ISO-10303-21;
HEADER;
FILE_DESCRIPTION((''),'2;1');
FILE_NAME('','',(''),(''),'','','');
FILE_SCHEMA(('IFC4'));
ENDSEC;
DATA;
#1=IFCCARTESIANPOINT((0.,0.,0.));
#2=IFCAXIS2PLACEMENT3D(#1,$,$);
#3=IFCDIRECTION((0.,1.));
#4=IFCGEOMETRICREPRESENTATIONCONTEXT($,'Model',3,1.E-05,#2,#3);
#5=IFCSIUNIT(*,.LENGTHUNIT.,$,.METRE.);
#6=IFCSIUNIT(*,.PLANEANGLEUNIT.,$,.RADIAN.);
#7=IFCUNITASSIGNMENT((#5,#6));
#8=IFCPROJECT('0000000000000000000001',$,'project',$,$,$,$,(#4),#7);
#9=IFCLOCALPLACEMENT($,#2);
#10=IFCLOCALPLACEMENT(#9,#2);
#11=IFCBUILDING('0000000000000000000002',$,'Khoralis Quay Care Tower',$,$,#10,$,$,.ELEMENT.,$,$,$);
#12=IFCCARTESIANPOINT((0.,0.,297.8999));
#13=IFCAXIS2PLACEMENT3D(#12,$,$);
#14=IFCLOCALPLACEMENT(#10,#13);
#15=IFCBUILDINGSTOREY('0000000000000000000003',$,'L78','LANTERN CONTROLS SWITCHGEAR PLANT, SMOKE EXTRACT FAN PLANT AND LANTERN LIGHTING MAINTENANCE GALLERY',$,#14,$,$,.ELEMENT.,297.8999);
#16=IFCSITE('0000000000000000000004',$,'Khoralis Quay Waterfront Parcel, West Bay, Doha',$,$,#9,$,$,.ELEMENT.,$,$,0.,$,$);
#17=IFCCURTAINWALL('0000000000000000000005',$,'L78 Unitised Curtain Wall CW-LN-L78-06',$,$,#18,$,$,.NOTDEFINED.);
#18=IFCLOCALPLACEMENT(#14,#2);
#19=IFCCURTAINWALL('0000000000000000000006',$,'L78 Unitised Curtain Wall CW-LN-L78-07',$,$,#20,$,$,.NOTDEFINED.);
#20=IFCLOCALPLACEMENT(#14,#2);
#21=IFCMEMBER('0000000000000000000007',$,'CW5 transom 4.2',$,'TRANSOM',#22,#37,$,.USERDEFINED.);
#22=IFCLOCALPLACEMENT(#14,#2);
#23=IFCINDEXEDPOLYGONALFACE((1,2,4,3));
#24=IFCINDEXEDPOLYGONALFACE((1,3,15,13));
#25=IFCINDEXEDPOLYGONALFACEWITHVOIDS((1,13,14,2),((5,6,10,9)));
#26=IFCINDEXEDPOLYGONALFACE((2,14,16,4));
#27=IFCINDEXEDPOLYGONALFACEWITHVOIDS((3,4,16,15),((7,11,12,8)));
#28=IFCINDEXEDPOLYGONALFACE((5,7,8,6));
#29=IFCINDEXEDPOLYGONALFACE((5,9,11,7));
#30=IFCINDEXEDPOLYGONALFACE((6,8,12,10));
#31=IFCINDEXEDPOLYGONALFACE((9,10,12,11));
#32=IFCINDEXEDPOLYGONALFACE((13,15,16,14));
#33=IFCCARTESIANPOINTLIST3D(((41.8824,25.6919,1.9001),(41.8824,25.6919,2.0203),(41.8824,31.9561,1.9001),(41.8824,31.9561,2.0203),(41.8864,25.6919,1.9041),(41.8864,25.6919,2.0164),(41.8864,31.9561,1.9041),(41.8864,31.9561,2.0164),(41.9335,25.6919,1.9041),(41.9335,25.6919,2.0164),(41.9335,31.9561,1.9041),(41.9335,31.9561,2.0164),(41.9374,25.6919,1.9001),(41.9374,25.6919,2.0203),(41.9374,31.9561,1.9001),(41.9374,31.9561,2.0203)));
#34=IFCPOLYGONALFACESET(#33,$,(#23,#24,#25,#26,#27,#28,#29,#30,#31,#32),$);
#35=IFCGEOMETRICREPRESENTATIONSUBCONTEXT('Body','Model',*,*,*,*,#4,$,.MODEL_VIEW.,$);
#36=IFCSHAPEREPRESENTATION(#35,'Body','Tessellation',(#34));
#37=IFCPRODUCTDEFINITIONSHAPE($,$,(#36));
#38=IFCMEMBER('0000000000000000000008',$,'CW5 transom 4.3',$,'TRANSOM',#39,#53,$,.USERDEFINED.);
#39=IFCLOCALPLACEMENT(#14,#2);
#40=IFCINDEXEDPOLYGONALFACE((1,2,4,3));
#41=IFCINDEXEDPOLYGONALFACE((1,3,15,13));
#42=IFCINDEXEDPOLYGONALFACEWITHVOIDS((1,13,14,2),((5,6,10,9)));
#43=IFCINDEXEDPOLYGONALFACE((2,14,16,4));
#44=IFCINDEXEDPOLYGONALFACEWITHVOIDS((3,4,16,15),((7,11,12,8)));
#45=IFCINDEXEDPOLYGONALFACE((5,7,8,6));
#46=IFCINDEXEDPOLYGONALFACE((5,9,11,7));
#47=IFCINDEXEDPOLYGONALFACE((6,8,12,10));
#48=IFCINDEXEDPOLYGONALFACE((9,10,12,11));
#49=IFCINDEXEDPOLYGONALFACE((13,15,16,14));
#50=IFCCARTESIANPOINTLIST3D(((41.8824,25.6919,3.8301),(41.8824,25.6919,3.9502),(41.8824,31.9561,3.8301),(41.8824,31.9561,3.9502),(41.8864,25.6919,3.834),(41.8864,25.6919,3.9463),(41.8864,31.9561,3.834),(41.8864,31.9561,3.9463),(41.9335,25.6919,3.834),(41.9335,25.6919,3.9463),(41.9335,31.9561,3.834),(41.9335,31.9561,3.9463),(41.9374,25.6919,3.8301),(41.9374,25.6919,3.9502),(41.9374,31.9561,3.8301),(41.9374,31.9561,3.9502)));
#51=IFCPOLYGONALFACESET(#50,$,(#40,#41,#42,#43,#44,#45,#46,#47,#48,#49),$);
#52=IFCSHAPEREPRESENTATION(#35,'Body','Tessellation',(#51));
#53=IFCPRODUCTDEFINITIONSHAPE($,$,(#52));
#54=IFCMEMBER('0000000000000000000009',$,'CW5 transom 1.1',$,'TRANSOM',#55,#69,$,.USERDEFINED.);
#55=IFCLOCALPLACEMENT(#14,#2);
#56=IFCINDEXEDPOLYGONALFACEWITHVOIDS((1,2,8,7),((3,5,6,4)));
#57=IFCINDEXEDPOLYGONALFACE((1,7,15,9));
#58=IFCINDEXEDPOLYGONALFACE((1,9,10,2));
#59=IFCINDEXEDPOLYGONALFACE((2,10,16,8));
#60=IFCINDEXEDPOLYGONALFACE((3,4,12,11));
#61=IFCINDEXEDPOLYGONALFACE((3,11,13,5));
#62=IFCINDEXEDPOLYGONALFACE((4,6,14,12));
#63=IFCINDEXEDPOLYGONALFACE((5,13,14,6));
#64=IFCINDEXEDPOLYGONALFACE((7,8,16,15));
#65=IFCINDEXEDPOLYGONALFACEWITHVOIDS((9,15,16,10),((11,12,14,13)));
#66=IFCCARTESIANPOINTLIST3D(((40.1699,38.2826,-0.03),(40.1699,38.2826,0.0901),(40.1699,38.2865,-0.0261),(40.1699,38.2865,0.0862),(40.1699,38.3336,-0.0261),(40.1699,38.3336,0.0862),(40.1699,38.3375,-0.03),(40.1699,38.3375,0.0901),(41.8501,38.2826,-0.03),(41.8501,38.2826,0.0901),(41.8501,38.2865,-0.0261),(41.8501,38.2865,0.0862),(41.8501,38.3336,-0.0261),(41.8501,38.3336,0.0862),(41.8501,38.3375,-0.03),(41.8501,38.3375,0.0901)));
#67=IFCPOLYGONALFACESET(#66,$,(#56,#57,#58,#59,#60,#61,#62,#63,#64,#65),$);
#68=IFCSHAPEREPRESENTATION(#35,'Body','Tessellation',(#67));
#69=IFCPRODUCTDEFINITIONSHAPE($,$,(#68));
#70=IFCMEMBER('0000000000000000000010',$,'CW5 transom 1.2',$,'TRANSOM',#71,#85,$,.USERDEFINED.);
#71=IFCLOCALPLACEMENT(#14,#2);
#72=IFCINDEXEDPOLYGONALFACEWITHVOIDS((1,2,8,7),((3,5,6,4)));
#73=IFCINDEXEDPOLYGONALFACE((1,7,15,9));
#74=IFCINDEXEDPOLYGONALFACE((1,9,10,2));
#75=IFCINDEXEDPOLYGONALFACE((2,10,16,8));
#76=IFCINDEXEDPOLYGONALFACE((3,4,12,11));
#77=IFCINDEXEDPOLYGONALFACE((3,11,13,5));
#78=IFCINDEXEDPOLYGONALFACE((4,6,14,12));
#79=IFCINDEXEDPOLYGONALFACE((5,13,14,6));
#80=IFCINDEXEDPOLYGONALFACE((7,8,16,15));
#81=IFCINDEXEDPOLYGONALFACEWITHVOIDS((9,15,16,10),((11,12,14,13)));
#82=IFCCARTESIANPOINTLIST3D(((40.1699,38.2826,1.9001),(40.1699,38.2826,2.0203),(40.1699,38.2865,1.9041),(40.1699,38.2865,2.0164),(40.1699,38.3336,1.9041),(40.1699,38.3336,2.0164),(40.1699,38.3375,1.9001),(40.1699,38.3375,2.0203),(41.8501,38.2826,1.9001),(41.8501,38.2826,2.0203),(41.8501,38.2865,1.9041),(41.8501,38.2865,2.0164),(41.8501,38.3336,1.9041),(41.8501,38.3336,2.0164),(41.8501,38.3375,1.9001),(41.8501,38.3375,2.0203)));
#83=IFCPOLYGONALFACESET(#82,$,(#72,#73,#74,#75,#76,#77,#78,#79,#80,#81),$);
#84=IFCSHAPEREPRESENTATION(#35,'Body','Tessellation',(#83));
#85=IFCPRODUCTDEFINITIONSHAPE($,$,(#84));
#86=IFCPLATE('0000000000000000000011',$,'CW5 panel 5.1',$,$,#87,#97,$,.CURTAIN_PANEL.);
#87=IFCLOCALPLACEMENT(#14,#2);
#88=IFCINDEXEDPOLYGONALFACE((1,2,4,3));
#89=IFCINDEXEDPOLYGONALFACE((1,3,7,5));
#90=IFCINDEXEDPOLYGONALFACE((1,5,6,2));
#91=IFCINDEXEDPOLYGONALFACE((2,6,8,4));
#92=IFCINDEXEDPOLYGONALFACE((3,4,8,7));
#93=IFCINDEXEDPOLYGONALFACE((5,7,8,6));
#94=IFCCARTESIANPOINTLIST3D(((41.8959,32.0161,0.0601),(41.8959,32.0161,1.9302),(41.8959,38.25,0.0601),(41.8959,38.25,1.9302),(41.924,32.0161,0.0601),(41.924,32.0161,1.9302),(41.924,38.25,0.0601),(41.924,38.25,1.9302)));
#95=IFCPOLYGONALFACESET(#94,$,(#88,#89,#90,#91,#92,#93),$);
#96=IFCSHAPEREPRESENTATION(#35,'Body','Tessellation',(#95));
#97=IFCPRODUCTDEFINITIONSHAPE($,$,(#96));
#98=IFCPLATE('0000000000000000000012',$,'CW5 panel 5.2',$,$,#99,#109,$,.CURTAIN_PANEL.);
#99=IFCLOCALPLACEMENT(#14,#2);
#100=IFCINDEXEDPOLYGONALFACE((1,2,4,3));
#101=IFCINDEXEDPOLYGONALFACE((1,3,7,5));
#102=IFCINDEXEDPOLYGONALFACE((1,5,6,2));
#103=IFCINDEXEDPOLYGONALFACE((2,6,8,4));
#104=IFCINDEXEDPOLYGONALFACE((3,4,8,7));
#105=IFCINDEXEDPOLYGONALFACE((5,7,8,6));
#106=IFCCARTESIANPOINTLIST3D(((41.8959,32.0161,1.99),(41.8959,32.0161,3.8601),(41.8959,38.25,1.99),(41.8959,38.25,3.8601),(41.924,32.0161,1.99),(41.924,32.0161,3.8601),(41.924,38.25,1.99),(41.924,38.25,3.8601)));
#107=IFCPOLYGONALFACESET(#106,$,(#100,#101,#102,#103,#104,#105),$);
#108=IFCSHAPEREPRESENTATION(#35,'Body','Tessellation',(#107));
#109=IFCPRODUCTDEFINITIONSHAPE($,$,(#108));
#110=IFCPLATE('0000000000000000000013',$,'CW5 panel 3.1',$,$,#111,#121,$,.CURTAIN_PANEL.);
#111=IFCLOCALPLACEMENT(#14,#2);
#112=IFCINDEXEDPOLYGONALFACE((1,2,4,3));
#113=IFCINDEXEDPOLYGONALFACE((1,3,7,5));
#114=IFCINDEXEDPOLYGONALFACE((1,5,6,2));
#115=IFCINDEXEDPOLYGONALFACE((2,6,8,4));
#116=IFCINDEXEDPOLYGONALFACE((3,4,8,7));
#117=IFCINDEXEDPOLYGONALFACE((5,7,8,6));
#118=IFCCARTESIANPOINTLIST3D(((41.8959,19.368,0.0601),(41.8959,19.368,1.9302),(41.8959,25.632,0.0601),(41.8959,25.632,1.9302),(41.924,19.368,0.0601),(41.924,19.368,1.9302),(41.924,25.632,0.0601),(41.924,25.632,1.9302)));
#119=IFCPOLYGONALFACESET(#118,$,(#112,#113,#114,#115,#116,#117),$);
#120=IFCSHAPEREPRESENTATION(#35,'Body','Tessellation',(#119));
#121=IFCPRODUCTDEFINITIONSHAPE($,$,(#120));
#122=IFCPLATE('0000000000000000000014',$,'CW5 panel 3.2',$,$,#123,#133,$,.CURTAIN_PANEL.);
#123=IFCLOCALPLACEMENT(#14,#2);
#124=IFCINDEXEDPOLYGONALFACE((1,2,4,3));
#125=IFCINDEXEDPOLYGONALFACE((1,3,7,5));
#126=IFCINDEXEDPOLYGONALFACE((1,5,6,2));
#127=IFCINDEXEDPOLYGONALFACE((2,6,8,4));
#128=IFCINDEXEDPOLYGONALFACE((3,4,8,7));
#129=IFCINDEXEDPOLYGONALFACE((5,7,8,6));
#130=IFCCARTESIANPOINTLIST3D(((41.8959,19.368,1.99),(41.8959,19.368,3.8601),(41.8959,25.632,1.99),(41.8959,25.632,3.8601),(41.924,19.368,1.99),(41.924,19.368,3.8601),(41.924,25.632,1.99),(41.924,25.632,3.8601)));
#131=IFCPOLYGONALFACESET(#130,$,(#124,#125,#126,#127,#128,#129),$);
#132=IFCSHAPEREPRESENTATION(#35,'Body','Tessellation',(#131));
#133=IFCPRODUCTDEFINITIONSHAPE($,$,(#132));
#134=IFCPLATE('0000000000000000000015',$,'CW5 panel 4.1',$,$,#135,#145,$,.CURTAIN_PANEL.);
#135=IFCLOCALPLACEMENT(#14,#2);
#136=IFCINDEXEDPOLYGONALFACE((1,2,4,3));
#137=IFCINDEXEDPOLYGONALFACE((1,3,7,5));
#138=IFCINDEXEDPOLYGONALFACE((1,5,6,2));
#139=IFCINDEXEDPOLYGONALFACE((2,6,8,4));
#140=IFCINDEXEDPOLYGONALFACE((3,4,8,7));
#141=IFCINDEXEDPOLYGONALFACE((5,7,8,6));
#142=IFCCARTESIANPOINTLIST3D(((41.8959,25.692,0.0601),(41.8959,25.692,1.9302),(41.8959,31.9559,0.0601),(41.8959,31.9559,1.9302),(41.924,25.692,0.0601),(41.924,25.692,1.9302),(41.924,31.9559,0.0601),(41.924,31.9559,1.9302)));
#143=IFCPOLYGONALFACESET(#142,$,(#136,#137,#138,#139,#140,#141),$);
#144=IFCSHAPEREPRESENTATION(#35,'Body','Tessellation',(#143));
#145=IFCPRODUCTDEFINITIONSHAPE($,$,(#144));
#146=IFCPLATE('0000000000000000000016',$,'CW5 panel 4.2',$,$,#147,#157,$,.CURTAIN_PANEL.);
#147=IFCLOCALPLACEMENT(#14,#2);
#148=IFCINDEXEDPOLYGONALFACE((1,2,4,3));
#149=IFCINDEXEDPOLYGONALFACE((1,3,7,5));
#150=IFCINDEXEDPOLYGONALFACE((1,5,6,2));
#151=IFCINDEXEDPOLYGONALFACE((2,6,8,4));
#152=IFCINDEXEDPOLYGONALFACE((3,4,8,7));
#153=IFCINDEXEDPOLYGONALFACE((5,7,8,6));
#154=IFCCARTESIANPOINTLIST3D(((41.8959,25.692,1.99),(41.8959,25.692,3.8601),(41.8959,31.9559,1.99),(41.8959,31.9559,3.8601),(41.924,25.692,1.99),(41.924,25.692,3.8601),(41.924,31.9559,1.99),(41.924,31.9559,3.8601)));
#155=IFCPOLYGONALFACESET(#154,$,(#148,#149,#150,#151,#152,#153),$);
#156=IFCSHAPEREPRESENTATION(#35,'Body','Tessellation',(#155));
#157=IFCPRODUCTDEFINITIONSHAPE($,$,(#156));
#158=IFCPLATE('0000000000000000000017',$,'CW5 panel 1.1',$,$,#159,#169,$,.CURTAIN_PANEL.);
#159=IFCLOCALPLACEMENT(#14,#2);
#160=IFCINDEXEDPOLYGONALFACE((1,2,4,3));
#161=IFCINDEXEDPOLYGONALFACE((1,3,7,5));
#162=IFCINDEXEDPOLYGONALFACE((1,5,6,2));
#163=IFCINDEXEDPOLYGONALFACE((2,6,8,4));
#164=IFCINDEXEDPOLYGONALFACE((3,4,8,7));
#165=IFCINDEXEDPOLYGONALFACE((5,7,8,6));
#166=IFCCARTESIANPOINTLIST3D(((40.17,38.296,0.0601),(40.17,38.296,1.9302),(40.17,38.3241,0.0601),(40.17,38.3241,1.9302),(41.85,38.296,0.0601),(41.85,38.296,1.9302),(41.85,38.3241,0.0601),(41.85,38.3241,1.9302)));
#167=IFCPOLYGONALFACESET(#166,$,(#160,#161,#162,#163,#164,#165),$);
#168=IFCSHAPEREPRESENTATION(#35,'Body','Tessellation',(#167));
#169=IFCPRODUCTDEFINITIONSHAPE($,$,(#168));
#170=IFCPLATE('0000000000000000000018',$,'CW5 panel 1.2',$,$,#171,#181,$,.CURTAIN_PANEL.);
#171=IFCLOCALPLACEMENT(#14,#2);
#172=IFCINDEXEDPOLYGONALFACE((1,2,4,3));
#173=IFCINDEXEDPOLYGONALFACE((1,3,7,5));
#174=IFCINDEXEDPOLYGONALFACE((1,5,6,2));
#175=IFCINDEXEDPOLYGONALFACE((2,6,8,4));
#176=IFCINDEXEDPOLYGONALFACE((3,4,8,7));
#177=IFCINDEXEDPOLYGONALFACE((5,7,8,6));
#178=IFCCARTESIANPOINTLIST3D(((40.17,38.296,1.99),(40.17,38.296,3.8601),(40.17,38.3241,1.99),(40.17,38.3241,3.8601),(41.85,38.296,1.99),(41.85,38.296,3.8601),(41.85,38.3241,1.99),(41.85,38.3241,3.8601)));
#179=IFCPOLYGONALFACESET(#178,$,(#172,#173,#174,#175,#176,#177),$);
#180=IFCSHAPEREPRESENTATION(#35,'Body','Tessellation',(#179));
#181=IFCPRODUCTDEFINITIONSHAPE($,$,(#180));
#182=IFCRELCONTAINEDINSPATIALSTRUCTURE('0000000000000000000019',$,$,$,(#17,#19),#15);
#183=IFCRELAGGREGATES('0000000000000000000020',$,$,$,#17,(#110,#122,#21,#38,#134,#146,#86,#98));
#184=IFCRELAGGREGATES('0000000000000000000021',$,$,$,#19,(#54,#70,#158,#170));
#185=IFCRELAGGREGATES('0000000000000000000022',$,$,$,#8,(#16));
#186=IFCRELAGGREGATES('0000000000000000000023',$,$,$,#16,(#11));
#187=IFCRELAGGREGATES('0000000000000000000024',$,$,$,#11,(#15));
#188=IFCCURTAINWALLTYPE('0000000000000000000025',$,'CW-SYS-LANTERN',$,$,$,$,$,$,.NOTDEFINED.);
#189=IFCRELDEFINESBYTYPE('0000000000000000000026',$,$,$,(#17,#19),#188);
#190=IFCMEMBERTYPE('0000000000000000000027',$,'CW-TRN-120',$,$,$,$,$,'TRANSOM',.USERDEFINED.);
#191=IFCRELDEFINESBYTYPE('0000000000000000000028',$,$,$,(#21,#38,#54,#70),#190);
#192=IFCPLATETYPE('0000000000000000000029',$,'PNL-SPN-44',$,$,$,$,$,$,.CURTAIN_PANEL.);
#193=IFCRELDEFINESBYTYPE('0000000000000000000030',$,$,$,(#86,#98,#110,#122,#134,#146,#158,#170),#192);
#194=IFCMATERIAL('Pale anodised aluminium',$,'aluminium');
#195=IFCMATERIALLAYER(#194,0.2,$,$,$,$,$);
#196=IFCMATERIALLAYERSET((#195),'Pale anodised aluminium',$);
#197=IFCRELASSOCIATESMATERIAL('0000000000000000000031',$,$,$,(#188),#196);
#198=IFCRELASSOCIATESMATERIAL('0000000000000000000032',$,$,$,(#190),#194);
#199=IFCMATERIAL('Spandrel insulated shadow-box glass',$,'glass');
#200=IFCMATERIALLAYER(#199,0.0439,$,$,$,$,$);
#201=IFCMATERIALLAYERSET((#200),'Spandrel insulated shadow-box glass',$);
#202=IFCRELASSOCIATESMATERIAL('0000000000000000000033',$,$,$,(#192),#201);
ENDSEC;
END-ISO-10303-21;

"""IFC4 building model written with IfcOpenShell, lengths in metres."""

from ifc_helpers import new_model, si_unit, direction, frame, origin, origin_2d, place, context, subcontext, project, spatial, rectangle, hollow_rectangle, extrude, source, transform, mapped, material, layer, layer_set, material_profile, profile_set, type_object, element, aggregate, save


model = new_model("IFC4")

# Units and contexts
model_context = context("Model", 3, precision=1e-05, world=origin(), true_north=direction((0.0, 1.0)))
body_context = subcontext(model_context, "Body", "Model", "MODEL_VIEW")
ifc_project = project(units=[si_unit("LENGTHUNIT", "METRE"), si_unit("PLANEANGLEUNIT", "RADIAN")], contexts=[model_context])

# Site, building, storey
site_placement = place(None, origin())
site = spatial("IfcSite", under=ifc_project, at=site_placement, Name="Khoralis Quay Waterfront Parcel, West Bay, Doha", CompositionType="ELEMENT", RefElevation=0.0)
building_placement = place(site_placement, origin())
building = spatial("IfcBuilding", under=site, at=building_placement, Name="Khoralis Quay Care Tower", CompositionType="ELEMENT")
storey_placement = place(building_placement, frame((0.0, 0.0, 297.8999)))
storey = spatial("IfcBuildingStorey", under=building, at=storey_placement, Name="L78", Description="LANTERN CONTROLS SWITCHGEAR PLANT, SMOKE EXTRACT FAN PLANT AND LANTERN LIGHTING MAINTENANCE GALLERY", CompositionType="ELEMENT", Elevation=297.8999)

# Curtain wall
ifc_material_1 = material(Name="Pale anodised aluminium", Category="aluminium")
ifc_layer_1 = layer(ifc_material_1, 0.2)
ifc_layer_set_1 = layer_set([ifc_layer_1], Name="Pale anodised aluminium")
curtain_wall_type = type_object("IfcCurtainWallType", Name="CW-SYS-LANTERN", PredefinedType="NOTDEFINED", material=ifc_layer_set_1)
curtain_wall_1_placement = place(storey_placement, origin())
curtain_wall_1 = element("IfcCurtainWall", 1, at=curtain_wall_1_placement, inside=storey, type_object=curtain_wall_type, Name="L78 Unitised Curtain Wall CW-LN-L78-06", PredefinedType="NOTDEFINED")

# Curtain wall
curtain_wall_2_placement = place(storey_placement, origin())
curtain_wall_2 = element("IfcCurtainWall", 2, at=curtain_wall_2_placement, inside=storey, type_object=curtain_wall_type, Name="L78 Unitised Curtain Wall CW-LN-L78-07", PredefinedType="NOTDEFINED")

# Members
ifc_material_profile_1 = material_profile(ifc_material_1, hollow_rectangle(XDim=0.0549, YDim=0.1201, WallThickness=0.0039, at=origin_2d()), Name="Pale anodised aluminium")
ifc_profile_set_1 = profile_set([ifc_material_profile_1], Name="Pale anodised aluminium")
member_type_1 = type_object("IfcMemberType", Name="CW-TRN-120", ElementType="TRANSOM", PredefinedType="USERDEFINED", material=ifc_profile_set_1)
shared_shape_1 = source(origin(), body_context, "Body", "SweptSolid", [
    extrude(hollow_rectangle(XDim=0.0549, YDim=0.1201, WallThickness=0.0039, at=origin_2d()), origin(), (0.0, 0.0, 1.0), 6.2642),
])
member_1_placement = place(storey_placement, frame((41.9099, 25.6919, 1.9602), z_axis=(0.0, 1.0, 0.0), x_axis=(-1.0, 0.0, 0.0)))
member_1 = element("IfcMember", 3, at=member_1_placement, type_object=member_type_1, Name="CW5 transom 4.2", ObjectType="TRANSOM", PredefinedType="USERDEFINED", context=body_context, shape_type="MappedRepresentation", body=[
    mapped(shared_shape_1, transform((0.0, 0.0, 0.0), scale=1.0)),
])
member_2_placement = place(storey_placement, frame((41.9099, 25.6919, 3.8901), z_axis=(0.0, 1.0, 0.0), x_axis=(-1.0, 0.0, 0.0)))
member_2 = element("IfcMember", 4, at=member_2_placement, type_object=member_type_1, Name="CW5 transom 4.3", ObjectType="TRANSOM", PredefinedType="USERDEFINED", context=body_context, shape_type="MappedRepresentation", body=[
    mapped(shared_shape_1, transform((0.0, 0.0, 0.0), scale=1.0)),
])
shared_shape_2 = source(origin(), body_context, "Body", "SweptSolid", [
    extrude(hollow_rectangle(XDim=0.0549, YDim=0.1201, WallThickness=0.0039, at=origin_2d()), origin(), (0.0, 0.0, 1.0), 1.6802),
])
member_3_placement = place(storey_placement, frame((41.8501, 38.3101, 0.03), z_axis=(-1.0, 0.0, 0.0), x_axis=(0.0, -1.0, 0.0)))
member_3 = element("IfcMember", 5, at=member_3_placement, type_object=member_type_1, Name="CW5 transom 1.1", ObjectType="TRANSOM", PredefinedType="USERDEFINED", context=body_context, shape_type="MappedRepresentation", body=[
    mapped(shared_shape_2, transform((0.0, 0.0, 0.0), scale=1.0)),
])
member_4_placement = place(storey_placement, frame((41.8501, 38.3101, 1.9602), z_axis=(-1.0, 0.0, 0.0), x_axis=(0.0, -1.0, 0.0)))
member_4 = element("IfcMember", 6, at=member_4_placement, type_object=member_type_1, Name="CW5 transom 1.2", ObjectType="TRANSOM", PredefinedType="USERDEFINED", context=body_context, shape_type="MappedRepresentation", body=[
    mapped(shared_shape_2, transform((0.0, 0.0, 0.0), scale=1.0)),
])

# Plates
ifc_material_2 = material(Name="Spandrel insulated shadow-box glass", Category="glass")
ifc_layer_2 = layer(ifc_material_2, 0.0439)
ifc_layer_set_2 = layer_set([ifc_layer_2], Name="Spandrel insulated shadow-box glass")
plate_type = type_object("IfcPlateType", Name="PNL-SPN-44", PredefinedType="CURTAIN_PANEL", material=ifc_layer_set_2)
shared_shape_3 = source(origin(), body_context, "Body", "SweptSolid", [
    extrude(rectangle(XDim=6.2339, YDim=0.0281, at=origin_2d()), origin(), (0.0, 0.0, 1.0), 1.8701),
])
plate_1_placement = place(storey_placement, frame((41.9099, 35.1331, 0.0601), z_axis=(0.0, 0.0, 1.0), x_axis=(0.0, 1.0, 0.0)))
plate_1 = element("IfcPlate", 7, at=plate_1_placement, type_object=plate_type, Name="CW5 panel 5.1", PredefinedType="CURTAIN_PANEL", context=body_context, shape_type="MappedRepresentation", body=[
    mapped(shared_shape_3, transform((0.0, 0.0, 0.0), scale=1.0)),
])
plate_2_placement = place(storey_placement, frame((41.9099, 35.1331, 1.99), z_axis=(0.0, 0.0, 1.0), x_axis=(0.0, 1.0, 0.0)))
plate_2 = element("IfcPlate", 8, at=plate_2_placement, type_object=plate_type, Name="CW5 panel 5.2", PredefinedType="CURTAIN_PANEL", context=body_context, shape_type="MappedRepresentation", body=[
    mapped(shared_shape_3, transform((0.0, 0.0, 0.0), scale=1.0)),
])
shared_shape_4 = source(origin(), body_context, "Body", "SweptSolid", [
    extrude(rectangle(XDim=6.2639, YDim=0.0281, at=origin_2d()), origin(), (0.0, 0.0, 1.0), 1.8701),
])
plate_3_placement = place(storey_placement, frame((41.9099, 22.5, 0.0601), z_axis=(0.0, 0.0, 1.0), x_axis=(0.0, 1.0, 0.0)))
plate_3 = element("IfcPlate", 9, at=plate_3_placement, type_object=plate_type, Name="CW5 panel 3.1", PredefinedType="CURTAIN_PANEL", context=body_context, shape_type="MappedRepresentation", body=[
    mapped(shared_shape_4, transform((0.0, 0.0, 0.0), scale=1.0)),
])
plate_4_placement = place(storey_placement, frame((41.9099, 22.5, 1.99), z_axis=(0.0, 0.0, 1.0), x_axis=(0.0, 1.0, 0.0)))
plate_4 = element("IfcPlate", 10, at=plate_4_placement, type_object=plate_type, Name="CW5 panel 3.2", PredefinedType="CURTAIN_PANEL", context=body_context, shape_type="MappedRepresentation", body=[
    mapped(shared_shape_4, transform((0.0, 0.0, 0.0), scale=1.0)),
])
plate_5_placement = place(storey_placement, frame((41.9099, 28.824, 0.0601), z_axis=(0.0, 0.0, 1.0), x_axis=(0.0, 1.0, 0.0)))
plate_5 = element("IfcPlate", 11, at=plate_5_placement, type_object=plate_type, Name="CW5 panel 4.1", PredefinedType="CURTAIN_PANEL", context=body_context, shape_type="MappedRepresentation", body=[
    mapped(shared_shape_4, transform((0.0, 0.0, 0.0), scale=1.0)),
])
plate_6_placement = place(storey_placement, frame((41.9099, 28.824, 1.99), z_axis=(0.0, 0.0, 1.0), x_axis=(0.0, 1.0, 0.0)))
plate_6 = element("IfcPlate", 12, at=plate_6_placement, type_object=plate_type, Name="CW5 panel 4.2", PredefinedType="CURTAIN_PANEL", context=body_context, shape_type="MappedRepresentation", body=[
    mapped(shared_shape_4, transform((0.0, 0.0, 0.0), scale=1.0)),
])
aggregate(curtain_wall_1, [plate_3, plate_4, member_1, member_2, plate_5, plate_6, plate_1, plate_2])
shared_shape_5 = source(origin(), body_context, "Body", "SweptSolid", [
    extrude(rectangle(XDim=1.6799, YDim=0.0281, at=origin_2d()), origin(), (0.0, 0.0, 1.0), 1.8701),
])
plate_7_placement = place(storey_placement, frame((41.01, 38.3101, 0.0601), z_axis=(0.0, 0.0, 1.0), x_axis=(-1.0, 0.0, 0.0)))
plate_7 = element("IfcPlate", 13, at=plate_7_placement, type_object=plate_type, Name="CW5 panel 1.1", PredefinedType="CURTAIN_PANEL", context=body_context, shape_type="MappedRepresentation", body=[
    mapped(shared_shape_5, transform((0.0, 0.0, 0.0), scale=1.0)),
])
plate_8_placement = place(storey_placement, frame((41.01, 38.3101, 1.99), z_axis=(0.0, 0.0, 1.0), x_axis=(-1.0, 0.0, 0.0)))
plate_8 = element("IfcPlate", 14, at=plate_8_placement, type_object=plate_type, Name="CW5 panel 1.2", PredefinedType="CURTAIN_PANEL", context=body_context, shape_type="MappedRepresentation", body=[
    mapped(shared_shape_5, transform((0.0, 0.0, 0.0), scale=1.0)),
])
aggregate(curtain_wall_2, [member_3, member_4, plate_7, plate_8])

save(model, "model.ifc")
